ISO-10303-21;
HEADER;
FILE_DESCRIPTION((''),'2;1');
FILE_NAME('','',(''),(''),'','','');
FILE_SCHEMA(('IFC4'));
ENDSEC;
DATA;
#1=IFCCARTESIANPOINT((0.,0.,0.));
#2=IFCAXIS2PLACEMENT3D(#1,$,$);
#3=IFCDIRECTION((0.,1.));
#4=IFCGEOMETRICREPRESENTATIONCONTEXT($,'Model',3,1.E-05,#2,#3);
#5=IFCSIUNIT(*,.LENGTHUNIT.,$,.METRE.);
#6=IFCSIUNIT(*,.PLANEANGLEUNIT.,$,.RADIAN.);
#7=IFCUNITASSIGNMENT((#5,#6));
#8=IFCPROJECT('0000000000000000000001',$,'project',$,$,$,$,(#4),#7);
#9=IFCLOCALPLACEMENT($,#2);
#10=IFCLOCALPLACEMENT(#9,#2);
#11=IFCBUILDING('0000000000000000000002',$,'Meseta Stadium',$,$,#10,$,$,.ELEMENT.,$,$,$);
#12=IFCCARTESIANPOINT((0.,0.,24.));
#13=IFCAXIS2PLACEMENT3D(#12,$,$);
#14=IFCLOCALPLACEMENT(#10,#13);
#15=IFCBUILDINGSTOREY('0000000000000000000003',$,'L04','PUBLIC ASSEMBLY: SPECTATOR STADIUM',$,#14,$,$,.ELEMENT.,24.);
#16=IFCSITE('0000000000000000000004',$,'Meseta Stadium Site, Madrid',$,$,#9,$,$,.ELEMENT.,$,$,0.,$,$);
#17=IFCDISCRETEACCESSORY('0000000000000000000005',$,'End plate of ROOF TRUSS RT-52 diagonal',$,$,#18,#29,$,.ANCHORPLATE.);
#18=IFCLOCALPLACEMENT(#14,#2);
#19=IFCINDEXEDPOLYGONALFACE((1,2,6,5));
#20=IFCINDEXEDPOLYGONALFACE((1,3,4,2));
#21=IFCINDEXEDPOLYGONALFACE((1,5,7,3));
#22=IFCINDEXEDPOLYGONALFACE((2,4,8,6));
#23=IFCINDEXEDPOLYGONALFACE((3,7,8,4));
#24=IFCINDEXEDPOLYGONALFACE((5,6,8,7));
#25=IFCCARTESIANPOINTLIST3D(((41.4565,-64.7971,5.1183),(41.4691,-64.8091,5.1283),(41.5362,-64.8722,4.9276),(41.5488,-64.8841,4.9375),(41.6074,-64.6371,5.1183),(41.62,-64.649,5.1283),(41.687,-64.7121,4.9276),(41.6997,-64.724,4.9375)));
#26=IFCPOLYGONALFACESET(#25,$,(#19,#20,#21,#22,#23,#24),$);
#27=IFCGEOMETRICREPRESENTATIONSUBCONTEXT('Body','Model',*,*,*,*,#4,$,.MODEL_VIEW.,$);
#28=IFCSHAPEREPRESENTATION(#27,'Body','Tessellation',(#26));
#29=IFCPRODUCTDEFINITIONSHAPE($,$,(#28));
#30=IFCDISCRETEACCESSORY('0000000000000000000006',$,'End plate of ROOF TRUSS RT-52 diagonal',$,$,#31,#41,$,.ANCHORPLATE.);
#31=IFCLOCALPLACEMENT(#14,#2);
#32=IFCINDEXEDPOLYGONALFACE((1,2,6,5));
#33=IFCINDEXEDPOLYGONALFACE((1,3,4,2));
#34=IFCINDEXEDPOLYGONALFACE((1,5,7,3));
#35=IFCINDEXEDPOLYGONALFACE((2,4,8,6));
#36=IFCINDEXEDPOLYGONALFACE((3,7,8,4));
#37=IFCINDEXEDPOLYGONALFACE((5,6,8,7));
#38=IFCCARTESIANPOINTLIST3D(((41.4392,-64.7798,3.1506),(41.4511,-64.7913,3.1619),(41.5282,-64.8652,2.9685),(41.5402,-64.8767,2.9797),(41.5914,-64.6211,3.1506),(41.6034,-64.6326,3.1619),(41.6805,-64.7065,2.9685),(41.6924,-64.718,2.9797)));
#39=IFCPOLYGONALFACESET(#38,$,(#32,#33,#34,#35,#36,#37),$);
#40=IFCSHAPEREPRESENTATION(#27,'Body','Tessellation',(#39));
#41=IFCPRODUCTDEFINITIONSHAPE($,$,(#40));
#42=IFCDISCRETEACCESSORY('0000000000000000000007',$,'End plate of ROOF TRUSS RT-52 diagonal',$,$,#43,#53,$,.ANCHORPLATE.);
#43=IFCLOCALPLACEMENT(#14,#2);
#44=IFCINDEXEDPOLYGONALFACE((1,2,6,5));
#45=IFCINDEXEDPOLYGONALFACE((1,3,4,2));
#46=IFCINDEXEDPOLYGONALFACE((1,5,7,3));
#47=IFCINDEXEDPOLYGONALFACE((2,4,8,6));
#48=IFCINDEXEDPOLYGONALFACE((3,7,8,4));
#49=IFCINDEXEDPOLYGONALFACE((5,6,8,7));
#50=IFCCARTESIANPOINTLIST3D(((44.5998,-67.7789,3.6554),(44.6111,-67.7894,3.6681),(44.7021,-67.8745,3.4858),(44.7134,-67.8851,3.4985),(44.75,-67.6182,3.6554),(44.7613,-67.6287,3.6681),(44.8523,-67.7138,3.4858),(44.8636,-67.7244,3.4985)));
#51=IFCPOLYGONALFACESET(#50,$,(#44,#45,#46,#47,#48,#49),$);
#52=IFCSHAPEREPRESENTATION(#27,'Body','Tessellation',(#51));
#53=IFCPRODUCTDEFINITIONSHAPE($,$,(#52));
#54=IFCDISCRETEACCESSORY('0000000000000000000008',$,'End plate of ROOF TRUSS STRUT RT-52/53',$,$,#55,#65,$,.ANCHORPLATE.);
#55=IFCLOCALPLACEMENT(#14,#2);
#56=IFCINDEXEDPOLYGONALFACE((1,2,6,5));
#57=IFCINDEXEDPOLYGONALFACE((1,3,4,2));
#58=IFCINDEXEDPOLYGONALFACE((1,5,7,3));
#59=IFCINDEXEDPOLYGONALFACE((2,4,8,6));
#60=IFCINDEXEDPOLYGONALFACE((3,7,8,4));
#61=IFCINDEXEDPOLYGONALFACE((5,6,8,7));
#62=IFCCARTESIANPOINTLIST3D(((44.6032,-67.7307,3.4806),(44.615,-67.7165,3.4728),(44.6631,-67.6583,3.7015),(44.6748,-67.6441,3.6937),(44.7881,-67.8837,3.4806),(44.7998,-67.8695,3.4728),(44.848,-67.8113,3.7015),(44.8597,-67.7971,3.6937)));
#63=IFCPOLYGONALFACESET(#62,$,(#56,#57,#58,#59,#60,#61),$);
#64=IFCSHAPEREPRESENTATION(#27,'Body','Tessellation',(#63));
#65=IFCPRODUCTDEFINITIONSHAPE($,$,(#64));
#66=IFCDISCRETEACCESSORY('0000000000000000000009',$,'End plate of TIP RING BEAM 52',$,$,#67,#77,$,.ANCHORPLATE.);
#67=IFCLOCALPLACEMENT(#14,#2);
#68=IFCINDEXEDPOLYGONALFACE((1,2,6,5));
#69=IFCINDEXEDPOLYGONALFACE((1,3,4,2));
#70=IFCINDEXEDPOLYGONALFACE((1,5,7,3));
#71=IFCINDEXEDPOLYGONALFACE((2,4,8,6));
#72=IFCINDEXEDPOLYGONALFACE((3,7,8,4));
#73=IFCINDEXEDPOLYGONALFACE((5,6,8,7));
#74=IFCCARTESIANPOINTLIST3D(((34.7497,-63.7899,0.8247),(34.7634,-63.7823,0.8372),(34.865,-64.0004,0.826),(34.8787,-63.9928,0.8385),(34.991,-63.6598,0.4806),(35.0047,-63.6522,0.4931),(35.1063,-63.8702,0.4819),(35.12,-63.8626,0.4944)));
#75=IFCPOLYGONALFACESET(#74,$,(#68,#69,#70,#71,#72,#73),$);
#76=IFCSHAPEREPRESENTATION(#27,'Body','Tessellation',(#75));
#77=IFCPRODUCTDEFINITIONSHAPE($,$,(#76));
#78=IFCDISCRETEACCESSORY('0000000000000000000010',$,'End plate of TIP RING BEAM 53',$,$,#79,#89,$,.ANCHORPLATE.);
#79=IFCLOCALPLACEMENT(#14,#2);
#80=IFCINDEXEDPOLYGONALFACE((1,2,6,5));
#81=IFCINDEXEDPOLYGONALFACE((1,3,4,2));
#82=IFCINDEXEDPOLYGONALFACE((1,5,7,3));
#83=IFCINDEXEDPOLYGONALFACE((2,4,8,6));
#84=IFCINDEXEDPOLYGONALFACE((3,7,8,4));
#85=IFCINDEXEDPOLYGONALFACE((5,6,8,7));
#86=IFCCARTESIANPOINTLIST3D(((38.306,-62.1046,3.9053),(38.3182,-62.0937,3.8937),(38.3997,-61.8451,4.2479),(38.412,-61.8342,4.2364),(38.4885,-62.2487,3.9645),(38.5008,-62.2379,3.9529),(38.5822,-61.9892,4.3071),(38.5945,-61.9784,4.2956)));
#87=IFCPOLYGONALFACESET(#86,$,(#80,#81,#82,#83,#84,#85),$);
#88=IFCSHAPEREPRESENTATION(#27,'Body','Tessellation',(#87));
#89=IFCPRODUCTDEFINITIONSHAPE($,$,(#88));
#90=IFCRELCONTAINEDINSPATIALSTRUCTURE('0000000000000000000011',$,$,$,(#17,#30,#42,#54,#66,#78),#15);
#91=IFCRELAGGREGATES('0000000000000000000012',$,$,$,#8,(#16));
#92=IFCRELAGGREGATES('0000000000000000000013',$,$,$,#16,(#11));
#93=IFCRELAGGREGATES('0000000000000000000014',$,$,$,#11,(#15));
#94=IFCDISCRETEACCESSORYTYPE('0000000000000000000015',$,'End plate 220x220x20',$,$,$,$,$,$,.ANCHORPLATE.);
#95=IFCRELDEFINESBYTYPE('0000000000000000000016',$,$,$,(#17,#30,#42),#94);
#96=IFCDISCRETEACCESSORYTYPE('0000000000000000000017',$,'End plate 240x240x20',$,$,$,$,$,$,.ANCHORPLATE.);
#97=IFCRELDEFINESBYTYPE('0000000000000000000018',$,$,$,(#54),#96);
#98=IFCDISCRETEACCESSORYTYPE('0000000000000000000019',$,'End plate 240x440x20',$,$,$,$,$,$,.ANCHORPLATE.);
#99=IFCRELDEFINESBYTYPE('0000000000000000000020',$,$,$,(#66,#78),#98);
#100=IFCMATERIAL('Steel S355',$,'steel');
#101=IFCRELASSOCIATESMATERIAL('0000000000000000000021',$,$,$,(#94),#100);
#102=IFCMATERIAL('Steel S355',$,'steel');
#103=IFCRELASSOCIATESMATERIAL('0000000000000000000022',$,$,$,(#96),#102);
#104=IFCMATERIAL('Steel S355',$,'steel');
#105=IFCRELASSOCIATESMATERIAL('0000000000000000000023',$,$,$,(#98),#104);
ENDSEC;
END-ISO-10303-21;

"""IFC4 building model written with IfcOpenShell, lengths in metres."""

from ifc_helpers import new_model, si_unit, direction, frame, origin, origin_2d, place, context, subcontext, project, spatial, rectangle, extrude, material, material_profile, profile_set, type_object, element, save


model = new_model("IFC4")

# Units and contexts
model_context = context("Model", 3, precision=1e-05, world=origin(), true_north=direction((0.0, 1.0)))
body_context = subcontext(model_context, "Body", "Model", "MODEL_VIEW")
ifc_project = project(units=[si_unit("LENGTHUNIT", "METRE"), si_unit("PLANEANGLEUNIT", "RADIAN")], contexts=[model_context])

# Site, building, storey
site_placement = place(None, origin())
site = spatial("IfcSite", under=ifc_project, at=site_placement, Name="Meseta Stadium Site, Madrid", CompositionType="ELEMENT", RefElevation=0.0)
building_placement = place(site_placement, origin())
building = spatial("IfcBuilding", under=site, at=building_placement, Name="Meseta Stadium", CompositionType="ELEMENT")
storey_placement = place(building_placement, frame((0.0, 0.0, 24.0)))
storey = spatial("IfcBuildingStorey", under=building, at=storey_placement, Name="L04", Description="PUBLIC ASSEMBLY: SPECTATOR STADIUM", CompositionType="ELEMENT", Elevation=24.0)

# Discrete accessories
ifc_material_1 = material(Name="Steel S355", Category="steel")
ifc_material_profile_1 = material_profile(ifc_material_1, rectangle(XDim=0.22, YDim=0.22, at=origin_2d()), Name="PL 220x220")
ifc_profile_set_1 = profile_set([ifc_material_profile_1], Name="Steel S355")
discrete_accessory_type_1 = type_object("IfcDiscreteAccessoryType", Name="End plate 220x220x20", PredefinedType="ANCHORPLATE", material=ifc_profile_set_1)
for number, where, z_axis, x_axis, name in (
    (1, (41.5718, -64.7546, 5.0229), (0.631243, -0.594825, 0.497711), (0.685801, 0.727789, 0.0), "End plate of ROOF TRUSS RT-52 diagonal"),
    (2, (41.5598, -64.7432, 3.0596), (0.597472, -0.573086, 0.560892), (0.692225, 0.721682, 0.0), "End plate of ROOF TRUSS RT-52 diagonal"),
    (3, (44.7261, -67.7463, 3.5706), (0.563284, -0.526548, 0.636756), (0.682884, 0.730527, 0.0), "End plate of ROOF TRUSS RT-52 diagonal"),
):
    element("IfcDiscreteAccessory", number, at=place(storey_placement, frame(where, z_axis=z_axis, x_axis=x_axis)), inside=storey, type_object=discrete_accessory_type_1, Name=name, PredefinedType="ANCHORPLATE", context=body_context, shape_type="SweptSolid", body=[
        extrude(rectangle(XDim=0.22, YDim=0.22, at=origin_2d()), origin(), (0.0, 0.0, 1.0), 0.02),
    ])
ifc_material_2 = material(Name="Steel S355", Category="steel")
ifc_material_profile_2 = material_profile(ifc_material_2, rectangle(XDim=0.24, YDim=0.24, at=origin_2d()), Name="PL 240x240")
ifc_profile_set_2 = profile_set([ifc_material_profile_2], Name="Steel S355")
discrete_accessory_type_2 = type_object("IfcDiscreteAccessoryType", Name="End plate 240x240x20", PredefinedType="ANCHORPLATE", material=ifc_profile_set_2)
discrete_accessory_1_placement = place(storey_placement, frame((44.7256, -67.771, 3.5911), z_axis=(0.586764, 0.709006, -0.391176), x_axis=(-0.770394, 0.637568, 0.0)))
element("IfcDiscreteAccessory", 4, at=discrete_accessory_1_placement, inside=storey, type_object=discrete_accessory_type_2, Name="End plate of ROOF TRUSS STRUT RT-52/53", PredefinedType="ANCHORPLATE", context=body_context, shape_type="SweptSolid", body=[
    extrude(rectangle(XDim=0.24, YDim=0.24, at=origin_2d()), origin(), (0.0, 0.0, 1.0), 0.02),
])
ifc_material_3 = material(Name="Steel S355", Category="steel")
ifc_material_profile_3 = material_profile(ifc_material_3, rectangle(XDim=0.24, YDim=0.4399, at=origin_2d()), Name="PL 240x440")
ifc_profile_set_3 = profile_set([ifc_material_profile_3], Name="Steel S355")
discrete_accessory_type_3 = type_object("IfcDiscreteAccessoryType", Name="End plate 240x440x20", PredefinedType="ANCHORPLATE", material=ifc_profile_set_3)
for number, where, z_axis, x_axis, name in (
    (5, (34.928, -63.8301, 0.6533), (0.684251, 0.378782, 0.623157), (-0.480605, 0.876921, -0.005307), "End plate of TIP RING BEAM 52"),
    (6, (38.4441, -62.0469, 4.1062), (0.61337, 0.539766, -0.576568), (-0.760508, 0.600605, -0.246782), "End plate of TIP RING BEAM 53"),
):
    element("IfcDiscreteAccessory", number, at=place(storey_placement, frame(where, z_axis=z_axis, x_axis=x_axis)), inside=storey, type_object=discrete_accessory_type_3, Name=name, PredefinedType="ANCHORPLATE", context=body_context, shape_type="SweptSolid", body=[
        extrude(rectangle(XDim=0.24, YDim=0.4399, at=origin_2d()), origin(), (0.0, 0.0, 1.0), 0.02),
    ])

save(model, "model.ifc")
